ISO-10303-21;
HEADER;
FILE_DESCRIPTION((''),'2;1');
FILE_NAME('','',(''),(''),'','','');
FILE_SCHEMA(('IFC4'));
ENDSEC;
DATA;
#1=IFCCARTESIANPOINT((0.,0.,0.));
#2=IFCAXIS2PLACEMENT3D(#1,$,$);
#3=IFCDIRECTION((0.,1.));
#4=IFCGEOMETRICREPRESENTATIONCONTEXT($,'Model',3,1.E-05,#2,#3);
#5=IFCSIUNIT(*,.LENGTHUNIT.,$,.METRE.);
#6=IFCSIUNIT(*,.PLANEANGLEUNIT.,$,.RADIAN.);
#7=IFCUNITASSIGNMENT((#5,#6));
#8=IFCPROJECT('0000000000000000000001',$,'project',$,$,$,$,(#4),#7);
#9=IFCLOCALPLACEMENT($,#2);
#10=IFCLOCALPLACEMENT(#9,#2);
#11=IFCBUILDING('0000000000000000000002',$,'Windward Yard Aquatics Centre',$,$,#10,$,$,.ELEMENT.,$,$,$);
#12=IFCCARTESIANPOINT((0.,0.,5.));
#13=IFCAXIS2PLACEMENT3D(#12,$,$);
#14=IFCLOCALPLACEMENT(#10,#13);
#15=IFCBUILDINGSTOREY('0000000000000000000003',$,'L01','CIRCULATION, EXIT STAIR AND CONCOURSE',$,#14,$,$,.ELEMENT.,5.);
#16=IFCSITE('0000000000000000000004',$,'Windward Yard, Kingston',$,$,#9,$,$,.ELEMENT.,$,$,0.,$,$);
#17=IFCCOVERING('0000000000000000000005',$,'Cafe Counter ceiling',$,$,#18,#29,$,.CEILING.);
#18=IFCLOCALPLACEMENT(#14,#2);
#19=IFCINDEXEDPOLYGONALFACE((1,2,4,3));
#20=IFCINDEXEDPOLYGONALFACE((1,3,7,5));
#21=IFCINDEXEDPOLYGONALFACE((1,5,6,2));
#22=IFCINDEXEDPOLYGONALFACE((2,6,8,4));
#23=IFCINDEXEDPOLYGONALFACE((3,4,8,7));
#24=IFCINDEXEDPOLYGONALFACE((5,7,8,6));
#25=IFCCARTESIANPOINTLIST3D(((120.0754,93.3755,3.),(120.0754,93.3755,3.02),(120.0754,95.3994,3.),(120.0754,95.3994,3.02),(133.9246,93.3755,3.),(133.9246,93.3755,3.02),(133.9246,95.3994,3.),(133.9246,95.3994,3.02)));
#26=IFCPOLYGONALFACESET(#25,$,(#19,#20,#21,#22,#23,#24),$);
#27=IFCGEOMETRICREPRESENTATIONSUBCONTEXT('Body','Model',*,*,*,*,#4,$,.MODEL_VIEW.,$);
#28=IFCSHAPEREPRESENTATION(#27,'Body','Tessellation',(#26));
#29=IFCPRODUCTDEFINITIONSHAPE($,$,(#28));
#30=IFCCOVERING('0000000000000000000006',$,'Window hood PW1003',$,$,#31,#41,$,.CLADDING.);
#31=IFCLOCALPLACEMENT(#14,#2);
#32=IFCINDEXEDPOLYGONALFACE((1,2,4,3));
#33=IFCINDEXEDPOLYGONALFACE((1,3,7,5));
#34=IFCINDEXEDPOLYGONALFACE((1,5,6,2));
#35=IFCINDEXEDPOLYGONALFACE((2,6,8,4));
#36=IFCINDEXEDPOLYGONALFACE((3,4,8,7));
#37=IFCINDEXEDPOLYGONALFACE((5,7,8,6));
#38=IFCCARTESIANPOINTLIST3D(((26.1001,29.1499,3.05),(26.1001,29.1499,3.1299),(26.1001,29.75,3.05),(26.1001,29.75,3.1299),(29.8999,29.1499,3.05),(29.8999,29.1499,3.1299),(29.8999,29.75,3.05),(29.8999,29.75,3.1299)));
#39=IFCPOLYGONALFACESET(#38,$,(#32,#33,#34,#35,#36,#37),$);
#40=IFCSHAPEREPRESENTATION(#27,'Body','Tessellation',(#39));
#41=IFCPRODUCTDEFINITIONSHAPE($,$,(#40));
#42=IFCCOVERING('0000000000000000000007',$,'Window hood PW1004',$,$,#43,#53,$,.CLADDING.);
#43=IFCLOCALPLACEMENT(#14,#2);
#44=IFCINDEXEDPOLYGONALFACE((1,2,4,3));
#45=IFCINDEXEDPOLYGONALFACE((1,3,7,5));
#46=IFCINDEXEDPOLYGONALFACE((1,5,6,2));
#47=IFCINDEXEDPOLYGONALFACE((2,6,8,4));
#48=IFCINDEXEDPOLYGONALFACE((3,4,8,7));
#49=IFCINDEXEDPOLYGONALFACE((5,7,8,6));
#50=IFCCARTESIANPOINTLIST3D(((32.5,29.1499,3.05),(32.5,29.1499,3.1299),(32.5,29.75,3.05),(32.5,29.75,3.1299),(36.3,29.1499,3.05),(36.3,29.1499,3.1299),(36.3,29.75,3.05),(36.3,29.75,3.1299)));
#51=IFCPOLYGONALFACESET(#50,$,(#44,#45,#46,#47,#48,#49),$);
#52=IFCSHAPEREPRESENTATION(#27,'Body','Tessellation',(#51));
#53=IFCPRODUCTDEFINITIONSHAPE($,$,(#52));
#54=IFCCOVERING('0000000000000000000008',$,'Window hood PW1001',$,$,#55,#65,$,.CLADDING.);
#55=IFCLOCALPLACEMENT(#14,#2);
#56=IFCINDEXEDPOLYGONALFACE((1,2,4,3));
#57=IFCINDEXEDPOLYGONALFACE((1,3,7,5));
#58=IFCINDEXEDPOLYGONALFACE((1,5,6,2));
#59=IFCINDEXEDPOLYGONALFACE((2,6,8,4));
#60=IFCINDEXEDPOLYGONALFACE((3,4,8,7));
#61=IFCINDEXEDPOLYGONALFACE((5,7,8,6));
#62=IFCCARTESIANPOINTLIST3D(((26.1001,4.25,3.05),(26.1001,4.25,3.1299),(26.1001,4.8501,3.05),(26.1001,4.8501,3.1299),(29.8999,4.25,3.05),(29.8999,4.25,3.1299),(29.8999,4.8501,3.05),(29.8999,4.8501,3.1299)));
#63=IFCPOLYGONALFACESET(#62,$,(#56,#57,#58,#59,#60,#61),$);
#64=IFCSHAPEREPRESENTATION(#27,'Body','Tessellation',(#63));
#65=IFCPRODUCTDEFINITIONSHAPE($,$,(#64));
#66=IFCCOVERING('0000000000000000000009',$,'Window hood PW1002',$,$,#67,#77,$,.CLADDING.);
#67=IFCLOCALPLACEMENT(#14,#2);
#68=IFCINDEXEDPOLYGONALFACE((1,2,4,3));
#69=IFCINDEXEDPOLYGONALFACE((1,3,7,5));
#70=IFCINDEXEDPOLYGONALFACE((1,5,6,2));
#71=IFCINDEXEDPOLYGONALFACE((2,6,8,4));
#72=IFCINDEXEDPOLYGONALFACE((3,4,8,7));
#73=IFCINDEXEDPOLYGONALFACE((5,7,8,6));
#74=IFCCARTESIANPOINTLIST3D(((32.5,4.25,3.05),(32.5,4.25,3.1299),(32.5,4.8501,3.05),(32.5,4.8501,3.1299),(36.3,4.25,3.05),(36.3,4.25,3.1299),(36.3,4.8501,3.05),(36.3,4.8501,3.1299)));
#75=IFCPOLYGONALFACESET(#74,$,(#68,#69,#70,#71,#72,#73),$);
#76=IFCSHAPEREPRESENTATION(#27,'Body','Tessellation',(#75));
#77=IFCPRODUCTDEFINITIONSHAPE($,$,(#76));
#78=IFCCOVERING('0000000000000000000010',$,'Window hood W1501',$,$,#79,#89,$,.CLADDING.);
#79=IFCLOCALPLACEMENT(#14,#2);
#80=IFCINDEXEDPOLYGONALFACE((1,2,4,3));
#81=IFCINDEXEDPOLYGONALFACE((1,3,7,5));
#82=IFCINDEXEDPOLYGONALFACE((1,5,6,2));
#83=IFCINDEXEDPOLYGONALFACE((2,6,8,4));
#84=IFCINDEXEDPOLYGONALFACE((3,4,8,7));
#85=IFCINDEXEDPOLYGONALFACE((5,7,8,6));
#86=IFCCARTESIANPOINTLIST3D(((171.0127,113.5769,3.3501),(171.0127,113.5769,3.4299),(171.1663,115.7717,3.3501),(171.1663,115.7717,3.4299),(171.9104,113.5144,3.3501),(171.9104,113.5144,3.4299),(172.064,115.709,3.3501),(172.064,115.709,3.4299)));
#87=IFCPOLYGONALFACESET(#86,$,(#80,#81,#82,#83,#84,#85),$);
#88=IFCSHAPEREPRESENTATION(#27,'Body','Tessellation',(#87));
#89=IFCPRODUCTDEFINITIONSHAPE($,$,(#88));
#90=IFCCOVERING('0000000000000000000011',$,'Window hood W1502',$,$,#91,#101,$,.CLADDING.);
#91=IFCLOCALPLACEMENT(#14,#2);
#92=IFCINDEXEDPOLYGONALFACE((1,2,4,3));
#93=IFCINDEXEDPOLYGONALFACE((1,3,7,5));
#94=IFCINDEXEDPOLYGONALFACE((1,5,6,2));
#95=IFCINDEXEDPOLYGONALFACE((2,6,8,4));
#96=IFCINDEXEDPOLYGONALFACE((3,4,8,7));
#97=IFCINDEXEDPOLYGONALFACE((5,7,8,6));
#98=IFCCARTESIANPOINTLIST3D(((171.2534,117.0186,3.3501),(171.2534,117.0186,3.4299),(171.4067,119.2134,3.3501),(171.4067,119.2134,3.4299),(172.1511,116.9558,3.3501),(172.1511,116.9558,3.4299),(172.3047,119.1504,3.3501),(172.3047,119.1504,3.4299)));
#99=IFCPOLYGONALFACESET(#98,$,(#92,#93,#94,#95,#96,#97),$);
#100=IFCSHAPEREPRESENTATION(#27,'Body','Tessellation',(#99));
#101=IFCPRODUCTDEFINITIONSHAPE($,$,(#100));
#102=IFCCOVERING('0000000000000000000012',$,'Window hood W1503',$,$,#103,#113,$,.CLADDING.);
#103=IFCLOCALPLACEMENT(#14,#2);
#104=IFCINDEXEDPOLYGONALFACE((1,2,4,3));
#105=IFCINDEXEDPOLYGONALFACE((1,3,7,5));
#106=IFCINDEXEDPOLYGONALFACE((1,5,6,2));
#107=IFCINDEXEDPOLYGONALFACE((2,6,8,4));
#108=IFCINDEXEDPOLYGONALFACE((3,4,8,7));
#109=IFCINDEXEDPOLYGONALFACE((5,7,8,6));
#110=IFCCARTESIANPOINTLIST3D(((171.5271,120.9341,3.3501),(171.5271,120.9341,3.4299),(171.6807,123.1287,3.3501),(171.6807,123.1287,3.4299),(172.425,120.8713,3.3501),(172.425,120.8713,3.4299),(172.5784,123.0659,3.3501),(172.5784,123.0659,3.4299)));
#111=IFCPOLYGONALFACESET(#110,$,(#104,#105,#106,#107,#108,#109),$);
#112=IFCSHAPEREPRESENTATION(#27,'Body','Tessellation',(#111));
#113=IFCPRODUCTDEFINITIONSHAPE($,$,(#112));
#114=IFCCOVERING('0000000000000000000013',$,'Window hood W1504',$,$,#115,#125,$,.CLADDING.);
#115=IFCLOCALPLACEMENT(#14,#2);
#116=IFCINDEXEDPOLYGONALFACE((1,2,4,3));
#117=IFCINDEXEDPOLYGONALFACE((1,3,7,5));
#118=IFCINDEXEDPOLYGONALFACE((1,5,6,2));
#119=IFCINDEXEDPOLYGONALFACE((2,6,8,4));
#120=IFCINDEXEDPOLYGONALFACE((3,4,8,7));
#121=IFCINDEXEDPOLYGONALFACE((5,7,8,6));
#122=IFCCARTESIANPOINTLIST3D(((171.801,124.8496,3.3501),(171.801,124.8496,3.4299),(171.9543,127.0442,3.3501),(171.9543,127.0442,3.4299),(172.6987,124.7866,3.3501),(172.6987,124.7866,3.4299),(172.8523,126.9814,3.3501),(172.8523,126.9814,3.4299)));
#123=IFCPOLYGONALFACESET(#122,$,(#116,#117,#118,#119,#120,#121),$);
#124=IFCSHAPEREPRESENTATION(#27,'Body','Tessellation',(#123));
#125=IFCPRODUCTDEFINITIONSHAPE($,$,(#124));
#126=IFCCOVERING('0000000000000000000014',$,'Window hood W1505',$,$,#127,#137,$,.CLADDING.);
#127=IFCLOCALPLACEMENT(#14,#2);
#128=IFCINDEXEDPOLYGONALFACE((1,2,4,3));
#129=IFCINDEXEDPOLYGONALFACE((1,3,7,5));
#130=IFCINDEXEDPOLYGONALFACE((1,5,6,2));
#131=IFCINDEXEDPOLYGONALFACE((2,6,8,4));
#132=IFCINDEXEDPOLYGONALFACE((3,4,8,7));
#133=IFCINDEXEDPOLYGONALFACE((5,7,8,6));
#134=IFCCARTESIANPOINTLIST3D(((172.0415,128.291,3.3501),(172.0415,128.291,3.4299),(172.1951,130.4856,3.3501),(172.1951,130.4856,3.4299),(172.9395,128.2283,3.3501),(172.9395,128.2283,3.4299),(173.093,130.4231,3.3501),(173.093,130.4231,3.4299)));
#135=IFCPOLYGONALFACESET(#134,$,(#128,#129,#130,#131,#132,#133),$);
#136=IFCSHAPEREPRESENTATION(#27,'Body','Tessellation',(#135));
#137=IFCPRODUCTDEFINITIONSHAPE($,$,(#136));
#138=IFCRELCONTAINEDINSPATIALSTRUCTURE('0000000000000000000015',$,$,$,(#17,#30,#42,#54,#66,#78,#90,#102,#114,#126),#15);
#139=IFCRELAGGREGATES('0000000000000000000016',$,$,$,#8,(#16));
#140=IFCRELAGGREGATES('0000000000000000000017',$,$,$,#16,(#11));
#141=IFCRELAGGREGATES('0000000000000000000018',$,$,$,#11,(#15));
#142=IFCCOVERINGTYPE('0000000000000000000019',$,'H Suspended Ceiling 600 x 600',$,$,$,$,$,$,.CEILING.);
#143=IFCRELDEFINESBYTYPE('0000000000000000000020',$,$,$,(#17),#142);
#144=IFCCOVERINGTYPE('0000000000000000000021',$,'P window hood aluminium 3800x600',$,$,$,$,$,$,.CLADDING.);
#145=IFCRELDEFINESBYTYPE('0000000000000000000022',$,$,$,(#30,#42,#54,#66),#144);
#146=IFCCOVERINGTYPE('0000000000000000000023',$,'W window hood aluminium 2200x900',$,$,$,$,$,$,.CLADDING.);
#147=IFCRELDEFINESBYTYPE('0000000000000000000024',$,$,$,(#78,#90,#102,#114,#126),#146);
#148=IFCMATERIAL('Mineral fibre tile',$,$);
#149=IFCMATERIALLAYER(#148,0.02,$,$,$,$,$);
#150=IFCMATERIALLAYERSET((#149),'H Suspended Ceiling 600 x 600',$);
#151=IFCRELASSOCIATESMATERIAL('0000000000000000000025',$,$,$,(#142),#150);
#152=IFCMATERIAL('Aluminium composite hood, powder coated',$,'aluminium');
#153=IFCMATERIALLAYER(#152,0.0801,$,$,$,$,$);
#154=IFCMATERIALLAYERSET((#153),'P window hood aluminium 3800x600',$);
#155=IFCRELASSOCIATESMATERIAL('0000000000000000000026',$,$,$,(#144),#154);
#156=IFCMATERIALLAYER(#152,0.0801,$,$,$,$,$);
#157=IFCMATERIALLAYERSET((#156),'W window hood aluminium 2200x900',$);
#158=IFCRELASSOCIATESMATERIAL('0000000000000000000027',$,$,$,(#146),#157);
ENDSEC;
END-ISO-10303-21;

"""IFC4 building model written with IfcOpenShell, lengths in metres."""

from ifc_helpers import new_model, si_unit, direction, frame, origin, place, context, subcontext, project, spatial, polyline, outline, extrude, material, layer, layer_set, type_object, element, save


model = new_model("IFC4")

# Units and contexts
model_context = context("Model", 3, precision=1e-05, world=origin(), true_north=direction((0.0, 1.0)))
body_context = subcontext(model_context, "Body", "Model", "MODEL_VIEW")
ifc_project = project(units=[si_unit("LENGTHUNIT", "METRE"), si_unit("PLANEANGLEUNIT", "RADIAN")], contexts=[model_context])

# Site, building, storey
site_placement = place(None, origin())
site = spatial("IfcSite", under=ifc_project, at=site_placement, Name="Windward Yard, Kingston", CompositionType="ELEMENT", RefElevation=0.0)
building_placement = place(site_placement, origin())
building = spatial("IfcBuilding", under=site, at=building_placement, Name="Windward Yard Aquatics Centre", CompositionType="ELEMENT")
storey_placement = place(building_placement, frame((0.0, 0.0, 5.0)))
storey = spatial("IfcBuildingStorey", under=building, at=storey_placement, Name="L01", Description="CIRCULATION, EXIT STAIR AND CONCOURSE", CompositionType="ELEMENT", Elevation=5.0)

# Coverings
ifc_material_1 = material(Name="Aluminium composite hood, powder coated", Category="aluminium")
ifc_material_2 = material(Name="Mineral fibre tile")
ifc_layer_1 = layer(ifc_material_2, 0.02)
ifc_layer_set_1 = layer_set([ifc_layer_1], Name="H Suspended Ceiling 600 x 600")
covering_type_1 = type_object("IfcCoveringType", Name="H Suspended Ceiling 600 x 600", PredefinedType="CEILING", material=ifc_layer_set_1)
covering_1_placement = place(storey_placement, frame((0.0, 0.0, 3.0)))
element("IfcCovering", 1, at=covering_1_placement, inside=storey, type_object=covering_type_1, Name="Cafe Counter ceiling", PredefinedType="CEILING", context=body_context, shape_type="SweptSolid", body=[
    extrude(outline(polyline([(120.0754, 93.3755), (120.0754, 95.3994), (133.9246, 95.3994), (133.9246, 93.3755), (120.0754, 93.3755)])), origin(), (0.0, 0.0, 1.0), 0.02),
])
ifc_layer_2 = layer(ifc_material_1, 0.0801)
ifc_layer_set_2 = layer_set([ifc_layer_2], Name="P window hood aluminium 3800x600")
covering_type_2 = type_object("IfcCoveringType", Name="P window hood aluminium 3800x600", PredefinedType="CLADDING", material=ifc_layer_set_2)
covering_2_placement = place(storey_placement, frame((0.0, 0.0, 3.05)))
element("IfcCovering", 2, at=covering_2_placement, inside=storey, type_object=covering_type_2, Name="Window hood PW1003", PredefinedType="CLADDING", context=body_context, shape_type="SweptSolid", body=[
    extrude(outline(polyline([(26.1001, 29.1499), (29.8999, 29.1499), (29.8999, 29.75), (26.1001, 29.75), (26.1001, 29.1499)])), origin(), (0.0, 0.0, 1.0), 0.0798),
])
covering_3_placement = place(storey_placement, frame((0.0, 0.0, 3.05)))
element("IfcCovering", 3, at=covering_3_placement, inside=storey, type_object=covering_type_2, Name="Window hood PW1004", PredefinedType="CLADDING", context=body_context, shape_type="SweptSolid", body=[
    extrude(outline(polyline([(32.5, 29.1499), (36.3, 29.1499), (36.3, 29.75), (32.5, 29.75), (32.5, 29.1499)])), origin(), (0.0, 0.0, 1.0), 0.0798),
])
covering_4_placement = place(storey_placement, frame((0.0, 0.0, 3.05)))
element("IfcCovering", 4, at=covering_4_placement, inside=storey, type_object=covering_type_2, Name="Window hood PW1001", PredefinedType="CLADDING", context=body_context, shape_type="SweptSolid", body=[
    extrude(outline(polyline([(26.1001, 4.25), (26.1001, 4.8501), (29.8999, 4.8501), (29.8999, 4.25), (26.1001, 4.25)])), origin(), (0.0, 0.0, 1.0), 0.0798),
])
covering_5_placement = place(storey_placement, frame((0.0, 0.0, 3.05)))
element("IfcCovering", 5, at=covering_5_placement, inside=storey, type_object=covering_type_2, Name="Window hood PW1002", PredefinedType="CLADDING", context=body_context, shape_type="SweptSolid", body=[
    extrude(outline(polyline([(32.5, 4.25), (32.5, 4.8501), (36.3, 4.8501), (36.3, 4.25), (32.5, 4.25)])), origin(), (0.0, 0.0, 1.0), 0.0798),
])
ifc_layer_3 = layer(ifc_material_1, 0.0801)
ifc_layer_set_3 = layer_set([ifc_layer_3], Name="W window hood aluminium 2200x900")
covering_type_3 = type_object("IfcCoveringType", Name="W window hood aluminium 2200x900", PredefinedType="CLADDING", material=ifc_layer_set_3)
covering_6_placement = place(storey_placement, frame((0.0, 0.0, 3.3501)))
element("IfcCovering", 6, at=covering_6_placement, inside=storey, type_object=covering_type_3, Name="Window hood W1501", PredefinedType="CLADDING", context=body_context, shape_type="SweptSolid", body=[
    extrude(outline(polyline([(171.0127, 113.5769), (171.1663, 115.7717), (172.064, 115.709), (171.9104, 113.5144), (171.0127, 113.5769)])), origin(), (0.0, 0.0, 1.0), 0.0798),
])
covering_7_placement = place(storey_placement, frame((0.0, 0.0, 3.3501)))
element("IfcCovering", 7, at=covering_7_placement, inside=storey, type_object=covering_type_3, Name="Window hood W1502", PredefinedType="CLADDING", context=body_context, shape_type="SweptSolid", body=[
    extrude(outline(polyline([(171.2534, 117.0186), (171.4067, 119.2134), (172.3047, 119.1504), (172.1511, 116.9558), (171.2534, 117.0186)])), origin(), (0.0, 0.0, 1.0), 0.0798),
])
covering_8_placement = place(storey_placement, frame((0.0, 0.0, 3.3501)))
element("IfcCovering", 8, at=covering_8_placement, inside=storey, type_object=covering_type_3, Name="Window hood W1503", PredefinedType="CLADDING", context=body_context, shape_type="SweptSolid", body=[
    extrude(outline(polyline([(171.5271, 120.9341), (171.6807, 123.1287), (172.5784, 123.0659), (172.425, 120.8713), (171.5271, 120.9341)])), origin(), (0.0, 0.0, 1.0), 0.0798),
])
covering_9_placement = place(storey_placement, frame((0.0, 0.0, 3.3501)))
element("IfcCovering", 9, at=covering_9_placement, inside=storey, type_object=covering_type_3, Name="Window hood W1504", PredefinedType="CLADDING", context=body_context, shape_type="SweptSolid", body=[
    extrude(outline(polyline([(171.801, 124.8496), (171.9543, 127.0442), (172.8523, 126.9814), (172.6987, 124.7866), (171.801, 124.8496)])), origin(), (0.0, 0.0, 1.0), 0.0798),
])
covering_10_placement = place(storey_placement, frame((0.0, 0.0, 3.3501)))
element("IfcCovering", 10, at=covering_10_placement, inside=storey, type_object=covering_type_3, Name="Window hood W1505", PredefinedType="CLADDING", context=body_context, shape_type="SweptSolid", body=[
    extrude(outline(polyline([(172.0415, 128.291), (172.1951, 130.4856), (173.093, 130.4231), (172.9395, 128.2283), (172.0415, 128.291)])), origin(), (0.0, 0.0, 1.0), 0.0798),
])

save(model, "model.ifc")
